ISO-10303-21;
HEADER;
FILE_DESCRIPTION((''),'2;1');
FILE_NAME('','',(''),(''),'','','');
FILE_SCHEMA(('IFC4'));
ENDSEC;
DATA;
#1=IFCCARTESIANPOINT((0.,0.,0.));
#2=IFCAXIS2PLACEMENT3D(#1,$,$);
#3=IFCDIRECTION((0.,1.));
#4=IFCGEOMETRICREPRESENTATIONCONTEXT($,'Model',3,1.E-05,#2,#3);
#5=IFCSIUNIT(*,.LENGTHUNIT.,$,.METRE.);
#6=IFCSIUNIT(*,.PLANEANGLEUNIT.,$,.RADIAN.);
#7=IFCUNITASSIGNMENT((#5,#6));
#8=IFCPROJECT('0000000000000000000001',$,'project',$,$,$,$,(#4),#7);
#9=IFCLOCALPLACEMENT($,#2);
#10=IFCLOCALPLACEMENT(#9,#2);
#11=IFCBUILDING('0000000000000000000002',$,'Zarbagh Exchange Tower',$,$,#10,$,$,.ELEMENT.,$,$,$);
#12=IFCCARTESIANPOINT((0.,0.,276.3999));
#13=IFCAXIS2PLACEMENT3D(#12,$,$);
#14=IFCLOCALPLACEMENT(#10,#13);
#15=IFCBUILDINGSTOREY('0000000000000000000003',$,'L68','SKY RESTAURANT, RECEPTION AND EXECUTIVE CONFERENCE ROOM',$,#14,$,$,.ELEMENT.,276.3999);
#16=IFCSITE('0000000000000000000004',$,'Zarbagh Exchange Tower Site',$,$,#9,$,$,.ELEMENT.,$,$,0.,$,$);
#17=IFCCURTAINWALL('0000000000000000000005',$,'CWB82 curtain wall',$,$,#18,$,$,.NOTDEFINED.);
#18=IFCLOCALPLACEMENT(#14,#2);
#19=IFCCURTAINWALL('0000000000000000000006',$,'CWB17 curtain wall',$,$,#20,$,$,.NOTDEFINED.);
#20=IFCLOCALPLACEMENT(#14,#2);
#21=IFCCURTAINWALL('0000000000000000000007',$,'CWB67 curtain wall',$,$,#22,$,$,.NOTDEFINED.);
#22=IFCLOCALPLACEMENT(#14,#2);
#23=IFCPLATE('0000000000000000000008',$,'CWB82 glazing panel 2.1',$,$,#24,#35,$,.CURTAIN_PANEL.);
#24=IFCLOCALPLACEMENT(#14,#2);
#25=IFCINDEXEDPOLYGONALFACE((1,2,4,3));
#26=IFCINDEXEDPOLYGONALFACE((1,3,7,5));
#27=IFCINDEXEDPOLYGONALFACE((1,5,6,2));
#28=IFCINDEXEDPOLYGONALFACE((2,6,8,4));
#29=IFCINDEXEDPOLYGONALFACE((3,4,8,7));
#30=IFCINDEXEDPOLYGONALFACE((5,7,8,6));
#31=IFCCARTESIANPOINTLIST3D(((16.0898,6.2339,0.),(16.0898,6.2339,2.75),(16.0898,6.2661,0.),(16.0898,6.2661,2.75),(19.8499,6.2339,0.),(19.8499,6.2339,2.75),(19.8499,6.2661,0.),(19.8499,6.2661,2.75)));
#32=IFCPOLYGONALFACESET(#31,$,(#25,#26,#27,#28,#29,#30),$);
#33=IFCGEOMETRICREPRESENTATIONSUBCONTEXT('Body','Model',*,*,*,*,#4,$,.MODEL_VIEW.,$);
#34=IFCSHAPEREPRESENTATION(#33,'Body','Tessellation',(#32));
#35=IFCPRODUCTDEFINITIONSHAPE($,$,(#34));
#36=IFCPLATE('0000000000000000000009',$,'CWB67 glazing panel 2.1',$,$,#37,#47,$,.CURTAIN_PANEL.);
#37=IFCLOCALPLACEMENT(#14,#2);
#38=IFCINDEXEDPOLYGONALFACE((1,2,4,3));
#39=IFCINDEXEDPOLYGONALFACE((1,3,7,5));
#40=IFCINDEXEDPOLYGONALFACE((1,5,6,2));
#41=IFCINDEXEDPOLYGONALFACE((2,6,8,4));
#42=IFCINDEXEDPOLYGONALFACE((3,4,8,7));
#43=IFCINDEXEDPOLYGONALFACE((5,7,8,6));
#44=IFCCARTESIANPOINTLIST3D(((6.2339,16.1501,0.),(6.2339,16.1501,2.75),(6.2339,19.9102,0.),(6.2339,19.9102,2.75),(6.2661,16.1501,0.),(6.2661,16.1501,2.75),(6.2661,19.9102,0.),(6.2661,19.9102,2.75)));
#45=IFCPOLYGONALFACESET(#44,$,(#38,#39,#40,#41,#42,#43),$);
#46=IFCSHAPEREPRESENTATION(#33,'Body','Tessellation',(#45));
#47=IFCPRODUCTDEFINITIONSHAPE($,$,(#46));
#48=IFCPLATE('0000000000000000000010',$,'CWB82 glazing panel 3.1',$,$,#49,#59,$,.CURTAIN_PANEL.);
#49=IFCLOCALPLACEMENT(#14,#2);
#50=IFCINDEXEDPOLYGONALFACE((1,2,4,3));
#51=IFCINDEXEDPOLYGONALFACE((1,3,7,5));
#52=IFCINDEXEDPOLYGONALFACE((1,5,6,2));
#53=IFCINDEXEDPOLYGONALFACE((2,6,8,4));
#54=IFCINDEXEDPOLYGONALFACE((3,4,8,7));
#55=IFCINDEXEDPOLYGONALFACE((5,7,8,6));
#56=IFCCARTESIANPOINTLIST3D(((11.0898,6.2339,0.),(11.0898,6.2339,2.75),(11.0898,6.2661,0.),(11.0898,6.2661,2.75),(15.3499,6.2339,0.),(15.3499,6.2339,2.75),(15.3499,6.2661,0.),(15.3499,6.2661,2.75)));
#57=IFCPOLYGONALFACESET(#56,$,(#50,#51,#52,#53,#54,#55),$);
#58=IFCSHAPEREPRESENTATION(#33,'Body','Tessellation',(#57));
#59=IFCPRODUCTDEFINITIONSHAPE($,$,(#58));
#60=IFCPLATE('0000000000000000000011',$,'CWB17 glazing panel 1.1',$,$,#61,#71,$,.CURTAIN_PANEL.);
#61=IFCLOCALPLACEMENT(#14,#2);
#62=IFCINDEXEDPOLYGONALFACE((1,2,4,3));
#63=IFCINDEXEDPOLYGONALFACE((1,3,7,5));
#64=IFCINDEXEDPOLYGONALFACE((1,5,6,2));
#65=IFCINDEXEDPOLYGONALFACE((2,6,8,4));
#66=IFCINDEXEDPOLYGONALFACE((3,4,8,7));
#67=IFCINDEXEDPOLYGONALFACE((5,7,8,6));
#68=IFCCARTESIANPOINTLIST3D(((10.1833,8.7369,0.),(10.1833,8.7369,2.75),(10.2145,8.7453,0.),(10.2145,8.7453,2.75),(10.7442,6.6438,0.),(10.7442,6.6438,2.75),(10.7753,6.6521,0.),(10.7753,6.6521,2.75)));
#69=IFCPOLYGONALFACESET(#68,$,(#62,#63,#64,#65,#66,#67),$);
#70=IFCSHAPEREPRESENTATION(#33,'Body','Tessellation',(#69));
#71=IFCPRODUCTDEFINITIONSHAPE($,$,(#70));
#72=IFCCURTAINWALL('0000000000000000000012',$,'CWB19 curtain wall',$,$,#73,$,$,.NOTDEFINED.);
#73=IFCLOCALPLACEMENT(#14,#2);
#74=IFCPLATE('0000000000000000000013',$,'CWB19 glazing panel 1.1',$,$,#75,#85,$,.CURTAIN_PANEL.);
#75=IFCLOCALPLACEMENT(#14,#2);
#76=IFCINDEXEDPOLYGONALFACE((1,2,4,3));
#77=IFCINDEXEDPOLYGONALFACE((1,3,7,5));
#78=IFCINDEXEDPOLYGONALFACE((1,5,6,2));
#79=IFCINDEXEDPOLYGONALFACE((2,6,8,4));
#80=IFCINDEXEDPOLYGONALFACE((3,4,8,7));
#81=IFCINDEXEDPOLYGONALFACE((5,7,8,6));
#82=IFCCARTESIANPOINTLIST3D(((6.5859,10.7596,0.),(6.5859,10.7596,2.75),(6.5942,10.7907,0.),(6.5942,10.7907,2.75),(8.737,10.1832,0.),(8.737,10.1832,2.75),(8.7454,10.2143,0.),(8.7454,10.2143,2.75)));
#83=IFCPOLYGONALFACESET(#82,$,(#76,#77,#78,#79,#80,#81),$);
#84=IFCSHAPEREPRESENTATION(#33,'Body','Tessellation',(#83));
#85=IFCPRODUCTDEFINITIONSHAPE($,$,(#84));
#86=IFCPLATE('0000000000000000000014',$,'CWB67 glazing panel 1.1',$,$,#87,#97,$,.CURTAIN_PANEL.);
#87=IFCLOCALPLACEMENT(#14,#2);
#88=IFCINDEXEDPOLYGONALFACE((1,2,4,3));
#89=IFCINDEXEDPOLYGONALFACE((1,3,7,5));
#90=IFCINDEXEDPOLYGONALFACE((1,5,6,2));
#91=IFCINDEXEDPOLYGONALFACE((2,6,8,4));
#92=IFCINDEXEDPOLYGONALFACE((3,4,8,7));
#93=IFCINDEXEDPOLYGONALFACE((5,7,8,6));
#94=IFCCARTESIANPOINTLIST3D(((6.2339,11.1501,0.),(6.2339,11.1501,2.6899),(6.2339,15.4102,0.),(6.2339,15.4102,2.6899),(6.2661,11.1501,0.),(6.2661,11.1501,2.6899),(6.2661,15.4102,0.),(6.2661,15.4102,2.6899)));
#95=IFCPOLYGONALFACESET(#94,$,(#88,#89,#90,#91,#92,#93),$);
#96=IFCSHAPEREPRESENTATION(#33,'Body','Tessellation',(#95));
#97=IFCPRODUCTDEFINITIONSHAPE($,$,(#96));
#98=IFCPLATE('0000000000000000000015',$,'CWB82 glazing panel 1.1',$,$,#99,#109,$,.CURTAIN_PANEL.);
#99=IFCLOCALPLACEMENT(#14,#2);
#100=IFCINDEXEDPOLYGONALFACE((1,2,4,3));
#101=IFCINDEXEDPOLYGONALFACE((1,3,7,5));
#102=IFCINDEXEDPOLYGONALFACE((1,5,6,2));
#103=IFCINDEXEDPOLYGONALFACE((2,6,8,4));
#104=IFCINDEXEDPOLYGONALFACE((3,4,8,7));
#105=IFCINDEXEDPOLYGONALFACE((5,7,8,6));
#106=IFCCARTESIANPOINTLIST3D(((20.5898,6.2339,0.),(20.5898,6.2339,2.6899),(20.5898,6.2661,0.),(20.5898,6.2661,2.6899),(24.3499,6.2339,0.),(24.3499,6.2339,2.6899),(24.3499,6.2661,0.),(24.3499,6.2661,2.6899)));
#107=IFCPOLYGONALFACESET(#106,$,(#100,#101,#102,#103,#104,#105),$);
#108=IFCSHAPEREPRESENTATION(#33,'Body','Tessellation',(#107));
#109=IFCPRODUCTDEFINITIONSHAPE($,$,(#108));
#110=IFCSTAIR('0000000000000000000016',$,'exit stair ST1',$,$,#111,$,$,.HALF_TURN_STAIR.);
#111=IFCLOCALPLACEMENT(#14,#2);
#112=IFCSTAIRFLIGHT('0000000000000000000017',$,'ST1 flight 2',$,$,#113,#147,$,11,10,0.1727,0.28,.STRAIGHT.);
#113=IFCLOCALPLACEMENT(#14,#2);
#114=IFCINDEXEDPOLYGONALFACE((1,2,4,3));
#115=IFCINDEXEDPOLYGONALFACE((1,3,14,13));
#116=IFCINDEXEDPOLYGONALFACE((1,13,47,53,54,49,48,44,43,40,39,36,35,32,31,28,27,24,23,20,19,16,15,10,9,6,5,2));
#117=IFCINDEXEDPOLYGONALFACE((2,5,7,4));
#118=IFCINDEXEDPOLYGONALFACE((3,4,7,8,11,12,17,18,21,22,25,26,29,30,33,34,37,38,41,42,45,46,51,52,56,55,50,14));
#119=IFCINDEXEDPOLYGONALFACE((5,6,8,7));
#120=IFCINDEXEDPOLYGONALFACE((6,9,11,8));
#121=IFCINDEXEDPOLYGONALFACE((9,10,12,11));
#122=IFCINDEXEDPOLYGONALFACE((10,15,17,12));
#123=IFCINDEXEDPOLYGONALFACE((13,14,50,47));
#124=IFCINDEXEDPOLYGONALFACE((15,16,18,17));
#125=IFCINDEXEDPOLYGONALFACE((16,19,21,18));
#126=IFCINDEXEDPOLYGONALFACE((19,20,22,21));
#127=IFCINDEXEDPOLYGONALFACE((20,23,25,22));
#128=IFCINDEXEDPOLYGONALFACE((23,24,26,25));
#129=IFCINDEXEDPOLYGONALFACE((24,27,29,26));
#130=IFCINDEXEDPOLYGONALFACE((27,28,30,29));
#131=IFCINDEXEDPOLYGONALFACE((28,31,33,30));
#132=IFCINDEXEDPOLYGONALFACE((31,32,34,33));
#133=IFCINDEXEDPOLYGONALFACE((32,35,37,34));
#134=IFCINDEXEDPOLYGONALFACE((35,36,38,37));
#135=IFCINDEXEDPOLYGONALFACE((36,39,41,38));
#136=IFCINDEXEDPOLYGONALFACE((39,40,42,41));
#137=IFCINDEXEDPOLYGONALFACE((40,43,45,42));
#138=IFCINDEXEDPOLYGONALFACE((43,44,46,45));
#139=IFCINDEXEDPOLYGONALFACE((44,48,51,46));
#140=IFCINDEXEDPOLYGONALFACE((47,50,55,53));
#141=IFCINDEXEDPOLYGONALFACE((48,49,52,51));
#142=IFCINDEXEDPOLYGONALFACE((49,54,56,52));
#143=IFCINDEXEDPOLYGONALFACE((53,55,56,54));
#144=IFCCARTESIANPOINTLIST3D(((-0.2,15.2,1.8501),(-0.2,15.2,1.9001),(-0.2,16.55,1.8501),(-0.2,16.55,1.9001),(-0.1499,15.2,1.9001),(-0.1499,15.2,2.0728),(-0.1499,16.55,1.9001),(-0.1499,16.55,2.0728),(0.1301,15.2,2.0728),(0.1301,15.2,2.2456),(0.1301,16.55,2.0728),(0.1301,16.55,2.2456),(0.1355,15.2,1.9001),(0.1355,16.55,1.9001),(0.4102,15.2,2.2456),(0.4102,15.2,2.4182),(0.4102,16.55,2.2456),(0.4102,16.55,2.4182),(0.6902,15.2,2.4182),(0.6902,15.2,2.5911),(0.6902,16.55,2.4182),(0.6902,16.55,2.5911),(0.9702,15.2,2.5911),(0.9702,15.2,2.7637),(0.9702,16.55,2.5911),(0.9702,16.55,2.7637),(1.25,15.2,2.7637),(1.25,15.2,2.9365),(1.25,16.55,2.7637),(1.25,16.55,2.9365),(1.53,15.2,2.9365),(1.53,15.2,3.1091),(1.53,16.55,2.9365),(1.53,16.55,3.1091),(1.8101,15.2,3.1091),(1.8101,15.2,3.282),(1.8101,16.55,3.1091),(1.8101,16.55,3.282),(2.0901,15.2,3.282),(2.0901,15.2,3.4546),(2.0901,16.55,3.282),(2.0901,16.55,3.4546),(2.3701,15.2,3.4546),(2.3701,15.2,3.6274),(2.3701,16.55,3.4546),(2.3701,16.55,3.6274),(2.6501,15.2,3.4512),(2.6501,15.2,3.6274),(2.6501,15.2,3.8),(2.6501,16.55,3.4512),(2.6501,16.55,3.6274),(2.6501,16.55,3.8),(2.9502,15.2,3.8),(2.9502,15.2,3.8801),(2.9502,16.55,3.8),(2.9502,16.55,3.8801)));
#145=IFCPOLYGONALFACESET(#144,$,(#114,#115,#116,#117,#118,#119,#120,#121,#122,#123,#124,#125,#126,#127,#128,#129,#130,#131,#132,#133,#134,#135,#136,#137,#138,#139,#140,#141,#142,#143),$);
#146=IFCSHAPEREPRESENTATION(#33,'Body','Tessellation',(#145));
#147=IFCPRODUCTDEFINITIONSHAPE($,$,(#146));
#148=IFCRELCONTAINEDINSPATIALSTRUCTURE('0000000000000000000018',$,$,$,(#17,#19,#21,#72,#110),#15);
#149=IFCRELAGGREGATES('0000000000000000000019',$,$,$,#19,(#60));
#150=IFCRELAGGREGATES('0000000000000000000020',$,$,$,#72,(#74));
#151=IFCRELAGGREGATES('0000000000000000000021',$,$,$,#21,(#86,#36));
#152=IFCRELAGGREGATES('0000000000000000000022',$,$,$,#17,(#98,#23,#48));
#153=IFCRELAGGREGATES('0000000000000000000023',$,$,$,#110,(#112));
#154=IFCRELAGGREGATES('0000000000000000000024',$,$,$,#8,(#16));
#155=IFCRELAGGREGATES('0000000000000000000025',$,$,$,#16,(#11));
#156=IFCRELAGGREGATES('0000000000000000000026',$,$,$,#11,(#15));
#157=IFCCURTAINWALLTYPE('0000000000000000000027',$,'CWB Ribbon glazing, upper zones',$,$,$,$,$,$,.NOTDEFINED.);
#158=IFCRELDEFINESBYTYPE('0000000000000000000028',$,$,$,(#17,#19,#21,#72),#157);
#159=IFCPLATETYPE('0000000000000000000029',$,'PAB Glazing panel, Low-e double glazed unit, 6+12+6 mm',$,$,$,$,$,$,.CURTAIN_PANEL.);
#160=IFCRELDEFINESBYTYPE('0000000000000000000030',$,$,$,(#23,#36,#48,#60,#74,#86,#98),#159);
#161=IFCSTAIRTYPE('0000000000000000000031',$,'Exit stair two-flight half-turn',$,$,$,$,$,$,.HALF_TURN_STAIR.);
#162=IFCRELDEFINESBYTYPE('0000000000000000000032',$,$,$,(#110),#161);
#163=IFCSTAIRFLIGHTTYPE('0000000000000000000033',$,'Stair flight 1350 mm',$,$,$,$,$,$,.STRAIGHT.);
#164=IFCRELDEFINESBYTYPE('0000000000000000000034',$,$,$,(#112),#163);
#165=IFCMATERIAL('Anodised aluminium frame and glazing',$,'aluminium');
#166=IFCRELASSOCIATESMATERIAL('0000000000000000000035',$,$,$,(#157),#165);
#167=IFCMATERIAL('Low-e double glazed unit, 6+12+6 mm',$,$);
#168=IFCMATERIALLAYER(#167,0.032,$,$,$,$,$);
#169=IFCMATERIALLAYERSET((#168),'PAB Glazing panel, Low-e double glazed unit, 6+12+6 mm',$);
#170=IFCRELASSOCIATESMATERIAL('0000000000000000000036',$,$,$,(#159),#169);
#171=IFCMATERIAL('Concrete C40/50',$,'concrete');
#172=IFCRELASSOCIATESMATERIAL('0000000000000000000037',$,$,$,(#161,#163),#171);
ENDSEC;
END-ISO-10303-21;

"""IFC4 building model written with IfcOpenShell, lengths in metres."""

from ifc_helpers import new_model, si_unit, direction, frame, origin, place, context, subcontext, project, spatial, polyline, outline, extrude, source, transform, mapped, material, layer, layer_set, type_object, element, aggregate, save


model = new_model("IFC4")

# Units and contexts
model_context = context("Model", 3, precision=1e-05, world=origin(), true_north=direction((0.0, 1.0)))
body_context = subcontext(model_context, "Body", "Model", "MODEL_VIEW")
ifc_project = project(units=[si_unit("LENGTHUNIT", "METRE"), si_unit("PLANEANGLEUNIT", "RADIAN")], contexts=[model_context])

# Site, building, storey
site_placement = place(None, origin())
site = spatial("IfcSite", under=ifc_project, at=site_placement, Name="Zarbagh Exchange Tower Site", CompositionType="ELEMENT", RefElevation=0.0)
building_placement = place(site_placement, origin())
building = spatial("IfcBuilding", under=site, at=building_placement, Name="Zarbagh Exchange Tower", CompositionType="ELEMENT")
storey_placement = place(building_placement, frame((0.0, 0.0, 276.3999)))
storey = spatial("IfcBuildingStorey", under=building, at=storey_placement, Name="L68", Description="SKY RESTAURANT, RECEPTION AND EXECUTIVE CONFERENCE ROOM", CompositionType="ELEMENT", Elevation=276.3999)

# Curtain wall
ifc_material_1 = material(Name="Anodised aluminium frame and glazing", Category="aluminium")
curtain_wall_type = type_object("IfcCurtainWallType", Name="CWB Ribbon glazing, upper zones", PredefinedType="NOTDEFINED", material=ifc_material_1)
curtain_wall_1_placement = place(storey_placement, origin())
curtain_wall_1 = element("IfcCurtainWall", 1, at=curtain_wall_1_placement, inside=storey, type_object=curtain_wall_type, Name="CWB82 curtain wall", PredefinedType="NOTDEFINED")
placement = place(storey_placement, origin())

# Curtain wall
curtain_wall_2_placement = place(storey_placement, origin())
curtain_wall_2 = element("IfcCurtainWall", 2, at=curtain_wall_2_placement, inside=storey, type_object=curtain_wall_type, Name="CWB17 curtain wall", PredefinedType="NOTDEFINED")

# Curtain wall
curtain_wall_3_placement = place(storey_placement, origin())
curtain_wall_3 = element("IfcCurtainWall", 3, at=curtain_wall_3_placement, inside=storey, type_object=curtain_wall_type, Name="CWB67 curtain wall", PredefinedType="NOTDEFINED")

# Shared definitions
ifc_material_2 = material(Name="Low-e double glazed unit, 6+12+6 mm")
ifc_layer = layer(ifc_material_2, 0.032)
ifc_layer_set = layer_set([ifc_layer], Name="PAB Glazing panel, Low-e double glazed unit, 6+12+6 mm")
plate_type = type_object("IfcPlateType", Name="PAB Glazing panel, Low-e double glazed unit, 6+12+6 mm", PredefinedType="CURTAIN_PANEL", material=ifc_layer_set)

# Plates
shared_shape_1 = source(origin(), body_context, "Body", "SweptSolid", [
    extrude(outline(polyline([(0.0, -0.0161), (3.76, -0.0161), (3.76, 0.0161), (0.0, 0.0161), (0.0, -0.0161)])), origin(), (0.0, 0.0, 1.0), 2.75),
])
plate_1 = element("IfcPlate", 4, at=placement, type_object=plate_type, Name="CWB82 glazing panel 2.1", PredefinedType="CURTAIN_PANEL", context=body_context, shape_type="MappedRepresentation", body=[
    mapped(shared_shape_1, transform((19.8499, 6.25, 0.0), x_axis=(-1.0, 0.0, 0.0), y_axis=(0.0, -1.0, 0.0), z_axis=(0.0, 0.0, 1.0))),
])
plate_2 = element("IfcPlate", 5, at=placement, type_object=plate_type, Name="CWB67 glazing panel 2.1", PredefinedType="CURTAIN_PANEL", context=body_context, shape_type="MappedRepresentation", body=[
    mapped(shared_shape_1, transform((6.25, 16.1501, 0.0), x_axis=(0.0, 1.0, 0.0), y_axis=(-1.0, 0.0, 0.0), z_axis=(0.0, 0.0, 1.0))),
])
shared_shape_2 = source(origin(), body_context, "Body", "SweptSolid", [
    extrude(outline(polyline([(0.0, -0.0161), (4.26, -0.0161), (4.26, 0.0161), (0.0, 0.0161), (0.0, -0.0161)])), origin(), (0.0, 0.0, 1.0), 2.75),
])
plate_3 = element("IfcPlate", 6, at=placement, type_object=plate_type, Name="CWB82 glazing panel 3.1", PredefinedType="CURTAIN_PANEL", context=body_context, shape_type="MappedRepresentation", body=[
    mapped(shared_shape_2, transform((15.3499, 6.25, 0.0), x_axis=(-1.0, 0.0, 0.0), y_axis=(0.0, -1.0, 0.0), z_axis=(0.0, 0.0, 1.0))),
])
shared_shape_3 = source(origin(), body_context, "Body", "SweptSolid", [
    extrude(outline(polyline([(0.0, -0.0161), (2.167, -0.0161), (2.167, 0.0161), (0.0, 0.0161), (0.0, -0.0161)])), origin(), (0.0, 0.0, 1.0), 2.75),
])
plate_4 = element("IfcPlate", 7, at=placement, type_object=plate_type, Name="CWB17 glazing panel 1.1", PredefinedType="CURTAIN_PANEL", context=body_context, shape_type="MappedRepresentation", body=[
    mapped(shared_shape_3, transform((10.7598, 6.6479, 0.0), x_axis=(-0.258825, 0.965924, 0.0), y_axis=(-0.965924, -0.258825, 0.0), z_axis=(0.0, 0.0, 1.0))),
])
aggregate(curtain_wall_2, [plate_4])

# Curtain wall, plate
curtain_wall_4_placement = place(storey_placement, origin())
curtain_wall_4 = element("IfcCurtainWall", 8, at=curtain_wall_4_placement, inside=storey, type_object=curtain_wall_type, Name="CWB19 curtain wall", PredefinedType="NOTDEFINED")
shared_shape_4 = source(origin(), body_context, "Body", "SweptSolid", [
    extrude(outline(polyline([(0.0, -0.0161), (2.2271, -0.0161), (2.2271, 0.0161), (0.0, 0.0161), (0.0, -0.0161)])), origin(), (0.0, 0.0, 1.0), 2.75),
])
plate_5 = element("IfcPlate", 9, at=placement, type_object=plate_type, Name="CWB19 glazing panel 1.1", PredefinedType="CURTAIN_PANEL", context=body_context, shape_type="MappedRepresentation", body=[
    mapped(shared_shape_4, transform((8.7412, 10.1987, 0.0), x_axis=(-0.965924, 0.258825, 0.0), y_axis=(-0.258825, -0.965924, 0.0), z_axis=(0.0, 0.0, 1.0))),
])
aggregate(curtain_wall_4, [plate_5])

# Plates
shared_shape_5 = source(origin(), body_context, "Body", "SweptSolid", [
    extrude(outline(polyline([(0.0, -0.0161), (4.26, -0.0161), (4.26, 0.0161), (0.0, 0.0161), (0.0, -0.0161)])), origin(), (0.0, 0.0, 1.0), 2.6899),
])
plate_6 = element("IfcPlate", 10, at=placement, type_object=plate_type, Name="CWB67 glazing panel 1.1", PredefinedType="CURTAIN_PANEL", context=body_context, shape_type="MappedRepresentation", body=[
    mapped(shared_shape_5, transform((6.25, 11.1501, 0.0), x_axis=(0.0, 1.0, 0.0), y_axis=(-1.0, 0.0, 0.0), z_axis=(0.0, 0.0, 1.0))),
])
aggregate(curtain_wall_3, [plate_6, plate_2])
shared_shape_6 = source(origin(), body_context, "Body", "SweptSolid", [
    extrude(outline(polyline([(0.0, -0.0161), (3.76, -0.0161), (3.76, 0.0161), (0.0, 0.0161), (0.0, -0.0161)])), origin(), (0.0, 0.0, 1.0), 2.6899),
])
plate_7 = element("IfcPlate", 11, at=placement, type_object=plate_type, Name="CWB82 glazing panel 1.1", PredefinedType="CURTAIN_PANEL", context=body_context, shape_type="MappedRepresentation", body=[
    mapped(shared_shape_6, transform((24.3499, 6.25, 0.0), x_axis=(-1.0, 0.0, 0.0), y_axis=(0.0, -1.0, 0.0), z_axis=(0.0, 0.0, 1.0))),
])
aggregate(curtain_wall_1, [plate_7, plate_1, plate_3])

# Stair, stair flight
ifc_material_3 = material(Name="Concrete C40/50", Category="concrete")
stair_type = type_object("IfcStairType", Name="Exit stair two-flight half-turn", PredefinedType="HALF_TURN_STAIR", material=ifc_material_3)
stair_placement = place(storey_placement, origin())
stair = element("IfcStair", 12, at=stair_placement, inside=storey, type_object=stair_type, Name="exit stair ST1", PredefinedType="HALF_TURN_STAIR")
stair_flight_type = type_object("IfcStairFlightType", Name="Stair flight 1350 mm", PredefinedType="STRAIGHT", material=ifc_material_3)
stair_flight_placement = place(storey_placement, frame((-0.1499, 15.875, 1.9001), z_axis=(0.0, 0.0, 1.0), x_axis=(1.0, 0.0, 0.0)))
stair_flight = element("IfcStairFlight", 13, at=stair_flight_placement, type_object=stair_flight_type, Name="ST1 flight 2", NumberOfRisers=11, NumberOfTreads=10, PredefinedType="STRAIGHT", RiserHeight=0.1727, TreadLength=0.28, context=body_context, shape_type="SweptSolid", body=[
    extrude(outline(polyline([(-0.05, -0.05), (-0.05, 0.0), (0.0, 0.0), (0.0, 0.1726), (0.28, 0.1726), (0.28, 0.3455), (0.5601, 0.3455), (0.5601, 0.5181), (0.8401, 0.5181), (0.8401, 0.6909), (1.1201, 0.6909), (1.1201, 0.8635), (1.3999, 0.8635), (1.3999, 1.0364), (1.6799, 1.0364), (1.6799, 1.209), (1.96, 1.209), (1.96, 1.3818), (2.24, 1.3818), (2.24, 1.5544), (2.52, 1.5544), (2.52, 1.7273), (2.8, 1.7273), (2.8, 1.8999), (3.1001, 1.98), (3.1001, 1.8999), (2.8, 1.551), (0.2854, 0.0), (-0.05, -0.05)])), frame((0.0, 0.675, 0.0), z_axis=(0.0, -1.0, 0.0), x_axis=(1.0, 0.0, 0.0)), (0.0, 0.0, 1.0), 1.3501),
])
aggregate(stair, [stair_flight])

save(model, "model.ifc")
